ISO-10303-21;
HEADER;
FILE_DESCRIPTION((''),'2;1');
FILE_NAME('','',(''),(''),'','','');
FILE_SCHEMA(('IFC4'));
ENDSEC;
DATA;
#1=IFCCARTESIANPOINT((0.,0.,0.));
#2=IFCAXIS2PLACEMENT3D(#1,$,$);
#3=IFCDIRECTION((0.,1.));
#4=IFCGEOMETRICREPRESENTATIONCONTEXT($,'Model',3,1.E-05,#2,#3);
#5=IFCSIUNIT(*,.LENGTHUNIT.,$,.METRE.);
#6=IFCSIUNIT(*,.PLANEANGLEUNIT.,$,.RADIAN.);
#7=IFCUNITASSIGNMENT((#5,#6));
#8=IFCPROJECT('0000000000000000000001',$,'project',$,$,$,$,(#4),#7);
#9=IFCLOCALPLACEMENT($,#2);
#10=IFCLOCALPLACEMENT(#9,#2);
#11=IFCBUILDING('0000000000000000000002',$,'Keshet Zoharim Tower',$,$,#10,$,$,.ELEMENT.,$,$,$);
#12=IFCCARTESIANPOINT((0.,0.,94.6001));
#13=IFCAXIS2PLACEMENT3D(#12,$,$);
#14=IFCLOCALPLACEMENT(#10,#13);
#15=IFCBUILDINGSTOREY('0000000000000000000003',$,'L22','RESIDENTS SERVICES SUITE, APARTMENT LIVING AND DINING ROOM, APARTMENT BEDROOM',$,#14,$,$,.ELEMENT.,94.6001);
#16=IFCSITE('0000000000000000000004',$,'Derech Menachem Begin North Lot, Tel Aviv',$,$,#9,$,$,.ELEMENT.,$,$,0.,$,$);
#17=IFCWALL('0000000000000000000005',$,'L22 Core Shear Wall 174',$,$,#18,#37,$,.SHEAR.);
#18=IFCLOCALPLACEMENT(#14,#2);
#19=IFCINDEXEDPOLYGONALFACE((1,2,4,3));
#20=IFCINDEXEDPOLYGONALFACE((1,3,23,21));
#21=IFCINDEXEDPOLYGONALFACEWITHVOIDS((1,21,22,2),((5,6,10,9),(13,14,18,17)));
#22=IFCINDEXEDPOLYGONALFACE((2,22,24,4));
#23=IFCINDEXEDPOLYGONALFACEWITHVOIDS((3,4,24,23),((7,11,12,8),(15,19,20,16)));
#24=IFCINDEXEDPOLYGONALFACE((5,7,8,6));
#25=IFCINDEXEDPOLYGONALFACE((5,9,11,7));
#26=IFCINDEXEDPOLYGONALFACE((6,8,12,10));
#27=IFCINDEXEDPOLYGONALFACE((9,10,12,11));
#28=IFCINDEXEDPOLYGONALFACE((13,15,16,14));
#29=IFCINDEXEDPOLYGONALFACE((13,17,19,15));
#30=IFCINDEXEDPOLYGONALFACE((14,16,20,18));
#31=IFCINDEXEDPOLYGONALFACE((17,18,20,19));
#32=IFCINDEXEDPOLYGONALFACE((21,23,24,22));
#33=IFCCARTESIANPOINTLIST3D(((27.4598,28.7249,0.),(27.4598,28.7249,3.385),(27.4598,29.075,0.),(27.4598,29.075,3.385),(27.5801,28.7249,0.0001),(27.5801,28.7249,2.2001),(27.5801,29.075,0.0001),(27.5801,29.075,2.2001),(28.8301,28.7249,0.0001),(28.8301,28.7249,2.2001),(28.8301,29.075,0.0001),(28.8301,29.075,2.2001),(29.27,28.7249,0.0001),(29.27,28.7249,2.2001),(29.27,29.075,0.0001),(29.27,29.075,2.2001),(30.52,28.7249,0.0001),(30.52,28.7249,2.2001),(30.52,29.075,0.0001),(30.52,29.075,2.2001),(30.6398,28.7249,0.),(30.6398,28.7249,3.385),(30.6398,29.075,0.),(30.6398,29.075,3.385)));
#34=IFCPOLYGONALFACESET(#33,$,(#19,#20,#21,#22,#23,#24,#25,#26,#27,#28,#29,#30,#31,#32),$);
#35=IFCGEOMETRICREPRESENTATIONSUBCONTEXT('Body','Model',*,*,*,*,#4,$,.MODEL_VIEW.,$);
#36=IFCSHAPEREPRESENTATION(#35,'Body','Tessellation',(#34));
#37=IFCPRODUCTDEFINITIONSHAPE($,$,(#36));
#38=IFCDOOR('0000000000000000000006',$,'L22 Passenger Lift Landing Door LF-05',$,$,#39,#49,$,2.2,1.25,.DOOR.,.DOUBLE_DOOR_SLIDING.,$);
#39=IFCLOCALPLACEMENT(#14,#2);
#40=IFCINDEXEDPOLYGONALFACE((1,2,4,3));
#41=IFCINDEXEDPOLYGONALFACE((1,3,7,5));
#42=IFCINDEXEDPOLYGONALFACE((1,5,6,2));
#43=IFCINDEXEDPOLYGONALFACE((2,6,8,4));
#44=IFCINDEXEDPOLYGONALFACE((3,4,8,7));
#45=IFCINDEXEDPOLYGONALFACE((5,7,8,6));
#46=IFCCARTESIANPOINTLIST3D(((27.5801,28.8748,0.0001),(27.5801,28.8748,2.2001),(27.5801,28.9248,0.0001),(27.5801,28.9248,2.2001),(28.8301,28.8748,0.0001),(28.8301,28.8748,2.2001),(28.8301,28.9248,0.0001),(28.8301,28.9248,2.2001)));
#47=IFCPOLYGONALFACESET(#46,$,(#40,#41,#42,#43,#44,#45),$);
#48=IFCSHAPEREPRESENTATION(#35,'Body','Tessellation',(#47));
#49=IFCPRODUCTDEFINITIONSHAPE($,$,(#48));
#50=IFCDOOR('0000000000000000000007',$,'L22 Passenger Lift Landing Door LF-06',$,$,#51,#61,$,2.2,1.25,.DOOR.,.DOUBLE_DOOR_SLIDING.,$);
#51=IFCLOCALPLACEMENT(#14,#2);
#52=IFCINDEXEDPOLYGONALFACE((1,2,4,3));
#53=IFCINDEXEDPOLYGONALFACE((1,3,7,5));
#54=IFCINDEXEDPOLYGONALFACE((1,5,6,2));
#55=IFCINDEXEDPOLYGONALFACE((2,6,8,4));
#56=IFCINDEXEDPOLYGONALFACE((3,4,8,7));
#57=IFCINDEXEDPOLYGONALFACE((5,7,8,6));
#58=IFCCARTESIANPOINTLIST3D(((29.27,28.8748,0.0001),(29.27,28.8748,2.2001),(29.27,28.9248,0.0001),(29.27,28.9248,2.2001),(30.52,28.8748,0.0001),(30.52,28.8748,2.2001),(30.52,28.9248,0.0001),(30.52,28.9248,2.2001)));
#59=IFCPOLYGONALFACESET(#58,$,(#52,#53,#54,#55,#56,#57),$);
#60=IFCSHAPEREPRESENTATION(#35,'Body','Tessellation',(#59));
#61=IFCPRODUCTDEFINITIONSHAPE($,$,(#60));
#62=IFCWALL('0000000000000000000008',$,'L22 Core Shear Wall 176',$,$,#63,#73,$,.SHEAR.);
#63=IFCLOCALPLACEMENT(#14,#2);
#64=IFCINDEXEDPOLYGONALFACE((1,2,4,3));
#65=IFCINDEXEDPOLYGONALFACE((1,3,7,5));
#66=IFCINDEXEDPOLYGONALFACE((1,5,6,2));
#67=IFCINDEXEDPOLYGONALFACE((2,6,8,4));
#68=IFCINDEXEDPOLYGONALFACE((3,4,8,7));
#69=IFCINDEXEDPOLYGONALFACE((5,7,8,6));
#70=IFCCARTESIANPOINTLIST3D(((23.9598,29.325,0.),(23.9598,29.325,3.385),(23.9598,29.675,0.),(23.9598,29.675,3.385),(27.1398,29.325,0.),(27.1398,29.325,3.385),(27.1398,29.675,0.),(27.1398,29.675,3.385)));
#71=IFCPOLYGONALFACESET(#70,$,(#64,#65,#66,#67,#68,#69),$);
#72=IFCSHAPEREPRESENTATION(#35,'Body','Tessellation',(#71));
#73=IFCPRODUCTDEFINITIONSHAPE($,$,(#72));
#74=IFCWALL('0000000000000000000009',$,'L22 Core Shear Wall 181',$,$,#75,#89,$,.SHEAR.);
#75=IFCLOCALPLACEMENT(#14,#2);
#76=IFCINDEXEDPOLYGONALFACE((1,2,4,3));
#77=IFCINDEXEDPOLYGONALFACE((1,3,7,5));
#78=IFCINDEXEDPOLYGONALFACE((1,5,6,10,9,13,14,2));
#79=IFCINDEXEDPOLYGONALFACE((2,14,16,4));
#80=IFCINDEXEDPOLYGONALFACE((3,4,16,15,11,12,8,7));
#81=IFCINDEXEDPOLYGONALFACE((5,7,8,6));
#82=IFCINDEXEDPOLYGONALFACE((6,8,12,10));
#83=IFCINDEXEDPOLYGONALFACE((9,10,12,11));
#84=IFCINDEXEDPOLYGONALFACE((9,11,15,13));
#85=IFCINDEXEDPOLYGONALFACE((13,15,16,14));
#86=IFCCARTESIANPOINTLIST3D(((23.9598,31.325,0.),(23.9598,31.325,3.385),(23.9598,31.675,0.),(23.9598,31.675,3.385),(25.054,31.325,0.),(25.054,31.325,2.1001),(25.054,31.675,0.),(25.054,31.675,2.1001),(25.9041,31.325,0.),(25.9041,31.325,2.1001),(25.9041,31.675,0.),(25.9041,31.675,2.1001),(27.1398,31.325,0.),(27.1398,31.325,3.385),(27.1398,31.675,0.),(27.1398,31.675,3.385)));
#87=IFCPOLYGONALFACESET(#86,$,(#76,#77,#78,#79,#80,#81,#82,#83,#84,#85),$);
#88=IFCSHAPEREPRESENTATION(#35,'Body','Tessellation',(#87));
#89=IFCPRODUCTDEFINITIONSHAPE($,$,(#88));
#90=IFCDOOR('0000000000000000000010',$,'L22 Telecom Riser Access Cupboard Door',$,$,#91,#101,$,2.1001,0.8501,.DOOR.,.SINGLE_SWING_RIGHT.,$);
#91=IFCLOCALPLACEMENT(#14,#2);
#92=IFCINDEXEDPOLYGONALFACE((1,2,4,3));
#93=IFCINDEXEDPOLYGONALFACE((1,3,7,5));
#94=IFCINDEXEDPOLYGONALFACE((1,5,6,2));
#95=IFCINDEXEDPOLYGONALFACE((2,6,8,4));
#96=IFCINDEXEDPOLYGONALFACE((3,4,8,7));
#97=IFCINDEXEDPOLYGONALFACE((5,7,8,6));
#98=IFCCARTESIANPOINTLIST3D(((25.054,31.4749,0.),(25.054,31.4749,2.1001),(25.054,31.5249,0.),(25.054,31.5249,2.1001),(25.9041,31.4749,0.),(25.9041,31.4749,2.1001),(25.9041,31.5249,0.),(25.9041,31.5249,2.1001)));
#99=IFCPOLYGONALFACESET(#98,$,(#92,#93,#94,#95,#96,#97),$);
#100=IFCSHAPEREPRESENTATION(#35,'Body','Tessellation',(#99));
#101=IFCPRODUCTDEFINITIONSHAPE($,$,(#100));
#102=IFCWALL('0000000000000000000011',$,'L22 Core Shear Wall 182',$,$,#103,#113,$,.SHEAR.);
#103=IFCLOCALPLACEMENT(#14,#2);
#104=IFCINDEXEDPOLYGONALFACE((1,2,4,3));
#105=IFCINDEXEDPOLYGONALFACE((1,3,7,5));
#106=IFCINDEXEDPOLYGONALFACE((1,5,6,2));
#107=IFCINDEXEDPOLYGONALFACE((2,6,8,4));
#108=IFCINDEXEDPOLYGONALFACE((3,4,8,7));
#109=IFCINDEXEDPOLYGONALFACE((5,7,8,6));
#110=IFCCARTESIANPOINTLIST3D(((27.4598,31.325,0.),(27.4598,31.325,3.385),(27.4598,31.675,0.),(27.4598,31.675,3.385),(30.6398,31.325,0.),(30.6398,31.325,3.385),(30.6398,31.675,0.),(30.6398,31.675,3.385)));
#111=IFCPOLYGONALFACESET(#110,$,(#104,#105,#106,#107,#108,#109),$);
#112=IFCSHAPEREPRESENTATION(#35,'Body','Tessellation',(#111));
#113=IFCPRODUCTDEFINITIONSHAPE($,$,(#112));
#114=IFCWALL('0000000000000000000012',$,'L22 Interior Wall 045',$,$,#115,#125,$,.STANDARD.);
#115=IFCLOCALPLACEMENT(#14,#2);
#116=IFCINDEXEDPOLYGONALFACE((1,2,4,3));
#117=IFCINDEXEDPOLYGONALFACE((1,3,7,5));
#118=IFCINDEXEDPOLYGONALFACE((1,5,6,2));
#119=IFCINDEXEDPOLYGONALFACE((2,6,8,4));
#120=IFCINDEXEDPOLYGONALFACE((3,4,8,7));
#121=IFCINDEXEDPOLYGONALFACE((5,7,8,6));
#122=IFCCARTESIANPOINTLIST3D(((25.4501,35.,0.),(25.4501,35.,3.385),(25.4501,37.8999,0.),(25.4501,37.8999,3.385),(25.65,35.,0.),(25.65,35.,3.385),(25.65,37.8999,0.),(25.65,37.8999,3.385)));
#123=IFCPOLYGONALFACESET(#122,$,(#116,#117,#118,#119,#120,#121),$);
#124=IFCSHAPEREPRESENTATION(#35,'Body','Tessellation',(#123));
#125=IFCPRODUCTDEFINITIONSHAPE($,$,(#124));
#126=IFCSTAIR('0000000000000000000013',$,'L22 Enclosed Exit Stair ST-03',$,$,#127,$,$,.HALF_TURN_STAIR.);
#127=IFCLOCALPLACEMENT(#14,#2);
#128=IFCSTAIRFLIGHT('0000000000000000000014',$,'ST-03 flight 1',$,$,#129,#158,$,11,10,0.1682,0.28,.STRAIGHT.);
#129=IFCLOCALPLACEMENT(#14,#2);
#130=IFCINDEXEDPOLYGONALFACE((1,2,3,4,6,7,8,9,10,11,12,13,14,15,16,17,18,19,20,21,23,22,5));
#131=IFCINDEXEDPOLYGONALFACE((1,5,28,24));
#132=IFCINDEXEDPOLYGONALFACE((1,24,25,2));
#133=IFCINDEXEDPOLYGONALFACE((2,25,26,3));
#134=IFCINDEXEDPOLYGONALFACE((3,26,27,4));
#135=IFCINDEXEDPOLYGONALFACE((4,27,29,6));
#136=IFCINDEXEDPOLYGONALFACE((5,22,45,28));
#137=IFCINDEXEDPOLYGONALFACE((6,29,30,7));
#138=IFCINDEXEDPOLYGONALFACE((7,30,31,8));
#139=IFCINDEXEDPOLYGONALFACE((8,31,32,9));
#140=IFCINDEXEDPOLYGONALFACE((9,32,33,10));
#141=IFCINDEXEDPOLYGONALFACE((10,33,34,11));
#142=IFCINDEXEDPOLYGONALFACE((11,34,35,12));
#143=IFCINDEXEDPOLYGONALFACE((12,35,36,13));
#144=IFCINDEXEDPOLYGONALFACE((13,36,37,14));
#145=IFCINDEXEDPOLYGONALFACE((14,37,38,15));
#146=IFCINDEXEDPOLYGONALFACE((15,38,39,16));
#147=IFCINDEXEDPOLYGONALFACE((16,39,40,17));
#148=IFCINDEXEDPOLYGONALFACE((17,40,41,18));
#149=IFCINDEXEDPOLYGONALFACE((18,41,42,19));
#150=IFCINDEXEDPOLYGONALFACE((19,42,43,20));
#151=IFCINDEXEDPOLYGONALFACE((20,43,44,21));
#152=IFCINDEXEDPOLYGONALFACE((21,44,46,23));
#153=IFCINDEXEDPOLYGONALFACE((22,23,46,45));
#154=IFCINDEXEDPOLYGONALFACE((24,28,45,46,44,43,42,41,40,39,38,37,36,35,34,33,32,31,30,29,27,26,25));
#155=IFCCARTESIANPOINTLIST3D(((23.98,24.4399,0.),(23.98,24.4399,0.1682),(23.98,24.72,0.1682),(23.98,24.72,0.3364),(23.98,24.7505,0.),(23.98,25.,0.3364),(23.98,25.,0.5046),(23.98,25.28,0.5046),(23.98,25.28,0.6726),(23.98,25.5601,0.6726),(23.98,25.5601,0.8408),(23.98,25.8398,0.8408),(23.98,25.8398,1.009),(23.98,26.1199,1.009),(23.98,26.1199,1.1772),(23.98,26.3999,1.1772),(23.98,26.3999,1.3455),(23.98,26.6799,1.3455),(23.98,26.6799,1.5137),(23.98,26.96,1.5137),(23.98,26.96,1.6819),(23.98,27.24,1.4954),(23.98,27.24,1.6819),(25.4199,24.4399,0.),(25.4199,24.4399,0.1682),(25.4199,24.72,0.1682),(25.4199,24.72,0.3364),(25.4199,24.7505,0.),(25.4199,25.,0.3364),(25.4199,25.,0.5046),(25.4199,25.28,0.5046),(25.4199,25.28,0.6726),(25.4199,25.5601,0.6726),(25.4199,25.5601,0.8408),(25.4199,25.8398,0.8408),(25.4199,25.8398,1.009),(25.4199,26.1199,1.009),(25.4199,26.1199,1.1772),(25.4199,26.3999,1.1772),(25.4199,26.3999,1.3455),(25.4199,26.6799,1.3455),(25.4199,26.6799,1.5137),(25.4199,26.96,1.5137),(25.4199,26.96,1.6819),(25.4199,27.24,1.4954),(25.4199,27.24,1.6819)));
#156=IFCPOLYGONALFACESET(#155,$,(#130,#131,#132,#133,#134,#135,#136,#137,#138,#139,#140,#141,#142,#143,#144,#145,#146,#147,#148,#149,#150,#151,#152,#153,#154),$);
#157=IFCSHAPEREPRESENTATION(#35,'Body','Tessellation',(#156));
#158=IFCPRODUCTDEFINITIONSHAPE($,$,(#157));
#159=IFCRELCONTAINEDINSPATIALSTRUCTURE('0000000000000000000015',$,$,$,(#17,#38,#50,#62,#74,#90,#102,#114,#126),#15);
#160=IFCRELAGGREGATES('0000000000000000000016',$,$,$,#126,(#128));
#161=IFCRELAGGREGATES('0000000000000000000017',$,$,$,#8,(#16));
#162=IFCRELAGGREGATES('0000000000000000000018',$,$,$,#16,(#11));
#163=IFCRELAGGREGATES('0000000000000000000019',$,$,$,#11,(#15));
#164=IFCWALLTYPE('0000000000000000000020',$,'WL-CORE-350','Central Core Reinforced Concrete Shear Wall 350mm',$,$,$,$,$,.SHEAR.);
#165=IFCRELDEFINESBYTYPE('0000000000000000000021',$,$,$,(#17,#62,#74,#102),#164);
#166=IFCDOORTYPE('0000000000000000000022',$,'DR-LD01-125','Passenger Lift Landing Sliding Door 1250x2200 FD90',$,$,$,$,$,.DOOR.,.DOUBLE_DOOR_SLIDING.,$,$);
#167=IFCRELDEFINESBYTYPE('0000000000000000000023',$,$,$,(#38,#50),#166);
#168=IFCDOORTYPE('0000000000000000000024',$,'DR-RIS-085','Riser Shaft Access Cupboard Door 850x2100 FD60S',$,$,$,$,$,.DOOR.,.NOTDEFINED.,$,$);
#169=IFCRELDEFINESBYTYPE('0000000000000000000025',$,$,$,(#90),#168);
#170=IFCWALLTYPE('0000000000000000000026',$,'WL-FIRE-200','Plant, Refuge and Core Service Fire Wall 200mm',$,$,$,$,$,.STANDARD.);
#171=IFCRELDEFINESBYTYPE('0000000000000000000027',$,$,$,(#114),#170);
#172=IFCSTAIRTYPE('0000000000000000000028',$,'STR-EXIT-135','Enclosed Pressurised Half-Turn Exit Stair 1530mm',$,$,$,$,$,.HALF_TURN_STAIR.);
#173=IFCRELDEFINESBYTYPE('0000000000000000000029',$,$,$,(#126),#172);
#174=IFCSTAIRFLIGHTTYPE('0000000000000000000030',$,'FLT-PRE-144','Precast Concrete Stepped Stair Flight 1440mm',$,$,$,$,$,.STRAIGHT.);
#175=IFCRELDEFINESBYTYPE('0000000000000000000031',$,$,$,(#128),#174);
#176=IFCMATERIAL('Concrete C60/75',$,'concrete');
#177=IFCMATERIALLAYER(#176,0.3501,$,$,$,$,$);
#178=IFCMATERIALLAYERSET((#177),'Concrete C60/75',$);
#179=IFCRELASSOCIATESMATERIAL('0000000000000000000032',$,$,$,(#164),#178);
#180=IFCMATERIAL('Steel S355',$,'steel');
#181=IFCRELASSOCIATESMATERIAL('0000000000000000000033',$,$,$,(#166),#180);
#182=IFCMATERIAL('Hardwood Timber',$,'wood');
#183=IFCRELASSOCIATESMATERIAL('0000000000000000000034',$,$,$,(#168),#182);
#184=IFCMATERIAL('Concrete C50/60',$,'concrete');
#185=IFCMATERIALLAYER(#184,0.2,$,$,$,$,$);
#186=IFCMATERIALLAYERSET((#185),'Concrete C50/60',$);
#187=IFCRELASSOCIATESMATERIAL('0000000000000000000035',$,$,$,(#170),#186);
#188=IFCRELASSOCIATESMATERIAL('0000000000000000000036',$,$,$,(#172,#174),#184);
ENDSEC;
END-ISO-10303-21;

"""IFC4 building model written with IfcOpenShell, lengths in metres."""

from ifc_helpers import new_model, si_unit, direction, frame, frame_2d, origin, place, context, subcontext, project, spatial, polyline, rectangle, outline, extrude, material, layer, layer_set, type_object, element, fill, aggregate, save


model = new_model("IFC4")

# Units and contexts
model_context = context("Model", 3, precision=1e-05, world=origin(), true_north=direction((0.0, 1.0)))
body_context = subcontext(model_context, "Body", "Model", "MODEL_VIEW")
ifc_project = project(units=[si_unit("LENGTHUNIT", "METRE"), si_unit("PLANEANGLEUNIT", "RADIAN")], contexts=[model_context])

# Site, building, storey
site_placement = place(None, origin())
site = spatial("IfcSite", under=ifc_project, at=site_placement, Name="Derech Menachem Begin North Lot, Tel Aviv", CompositionType="ELEMENT", RefElevation=0.0)
building_placement = place(site_placement, origin())
building = spatial("IfcBuilding", under=site, at=building_placement, Name="Keshet Zoharim Tower", CompositionType="ELEMENT")
storey_placement = place(building_placement, frame((0.0, 0.0, 94.6001)))
storey = spatial("IfcBuildingStorey", under=building, at=storey_placement, Name="L22", Description="RESIDENTS SERVICES SUITE, APARTMENT LIVING AND DINING ROOM, APARTMENT BEDROOM", CompositionType="ELEMENT", Elevation=94.6001)

# Shared definitions
ifc_material_1 = material(Name="Steel S355", Category="steel")

# Shared definitions
ifc_material_2 = material(Name="Concrete C60/75", Category="concrete")
ifc_layer_1 = layer(ifc_material_2, 0.3501)
ifc_layer_set_1 = layer_set([ifc_layer_1], Name="Concrete C60/75")
wall_type_1 = type_object("IfcWallType", Name="WL-CORE-350", Description="Central Core Reinforced Concrete Shear Wall 350mm", PredefinedType="SHEAR", material=ifc_layer_set_1)

# Wall, openings, doors
door_type_1 = type_object("IfcDoorType", Name="DR-LD01-125", Description="Passenger Lift Landing Sliding Door 1250x2200 FD90", OperationType="DOUBLE_DOOR_SLIDING", PredefinedType="DOOR", material=ifc_material_1)
wall_1_placement = place(storey_placement, frame((27.46, 28.8999, 0.0), z_axis=(0.0, 0.0, 1.0), x_axis=(1.0, 0.0, 0.0)))
wall_1 = element("IfcWall", 1, at=wall_1_placement, inside=storey, type_object=wall_type_1, Name="L22 Core Shear Wall 174", PredefinedType="SHEAR", context=body_context, shape_type="SweptSolid", body=[
    extrude(rectangle(XDim=3.1799, YDim=0.3501, at=frame_2d((1.5898, 0.0))), origin(), (0.0, 0.0, 1.0), 3.385),
])
opening_1_placement = place(wall_1_placement, frame((0.1201, 0.0, 0.0)))
opening_1 = element("IfcOpeningElement", 2, at=opening_1_placement, cuts=wall_1, PredefinedType="OPENING", context=body_context, shape_type="SweptSolid", body=[
    extrude(rectangle(XDim=1.25, YDim=2.2, at=frame_2d((0.625, 1.1001))), frame((0.0, 0.1851, 0.0), z_axis=(0.0, -1.0, 0.0), x_axis=(1.0, 0.0, 0.0)), (0.0, 0.0, 1.0), 0.3701),
])
opening_2_placement = place(wall_1_placement, frame((1.8101, 0.0, 0.0)))
opening_2 = element("IfcOpeningElement", 3, at=opening_2_placement, cuts=wall_1, PredefinedType="OPENING", context=body_context, shape_type="SweptSolid", body=[
    extrude(rectangle(XDim=1.25, YDim=2.2, at=frame_2d((0.625, 1.1001))), frame((0.0, 0.1851, 0.0), z_axis=(0.0, -1.0, 0.0), x_axis=(1.0, 0.0, 0.0)), (0.0, 0.0, 1.0), 0.3701),
])
door_1_placement = place(opening_1_placement, origin())
door_1 = element("IfcDoor", 4, at=door_1_placement, inside=storey, type_object=door_type_1, Name="L22 Passenger Lift Landing Door LF-05", OperationType="DOUBLE_DOOR_SLIDING", OverallHeight=2.2, OverallWidth=1.25, PredefinedType="DOOR", context=body_context, shape_type="SweptSolid", body=[
    extrude(rectangle(XDim=1.25, YDim=2.2, at=frame_2d((0.625, 1.1001))), frame((0.0, 0.0249, 0.0), z_axis=(0.0, -1.0, 0.0), x_axis=(1.0, 0.0, 0.0)), (0.0, 0.0, 1.0), 0.05),
])
fill(opening_1, door_1)
door_2_placement = place(opening_2_placement, origin())
door_2 = element("IfcDoor", 5, at=door_2_placement, inside=storey, type_object=door_type_1, Name="L22 Passenger Lift Landing Door LF-06", OperationType="DOUBLE_DOOR_SLIDING", OverallHeight=2.2, OverallWidth=1.25, PredefinedType="DOOR", context=body_context, shape_type="SweptSolid", body=[
    extrude(rectangle(XDim=1.25, YDim=2.2, at=frame_2d((0.625, 1.1001))), frame((0.0, 0.0249, 0.0), z_axis=(0.0, -1.0, 0.0), x_axis=(1.0, 0.0, 0.0)), (0.0, 0.0, 1.0), 0.05),
])
fill(opening_2, door_2)

# Wall
wall_2_placement = place(storey_placement, frame((23.96, 29.5, 0.0), z_axis=(0.0, 0.0, 1.0), x_axis=(1.0, 0.0, 0.0)))
element("IfcWall", 6, at=wall_2_placement, inside=storey, type_object=wall_type_1, Name="L22 Core Shear Wall 176", PredefinedType="SHEAR", context=body_context, shape_type="SweptSolid", body=[
    extrude(rectangle(XDim=3.1799, YDim=0.3501, at=frame_2d((1.5898, 0.0))), origin(), (0.0, 0.0, 1.0), 3.385),
])

# Wall, opening, door
wall_3_placement = place(storey_placement, frame((23.96, 31.5, 0.0), z_axis=(0.0, 0.0, 1.0), x_axis=(1.0, 0.0, 0.0)))
wall_3 = element("IfcWall", 7, at=wall_3_placement, inside=storey, type_object=wall_type_1, Name="L22 Core Shear Wall 181", PredefinedType="SHEAR", context=body_context, shape_type="SweptSolid", body=[
    extrude(rectangle(XDim=3.1799, YDim=0.3501, at=frame_2d((1.5898, 0.0))), origin(), (0.0, 0.0, 1.0), 3.385),
])
opening_3_placement = place(wall_3_placement, frame((1.094, 0.0, 0.0)))
opening_3 = element("IfcOpeningElement", 8, at=opening_3_placement, cuts=wall_3, PredefinedType="OPENING", context=body_context, shape_type="SweptSolid", body=[
    extrude(rectangle(XDim=0.8501, YDim=2.1001, at=frame_2d((0.425, 1.05))), frame((0.0, 0.1851, 0.0), z_axis=(0.0, -1.0, 0.0), x_axis=(1.0, 0.0, 0.0)), (0.0, 0.0, 1.0), 0.3701),
])
ifc_material_3 = material(Name="Hardwood Timber", Category="wood")
door_type_2 = type_object("IfcDoorType", Name="DR-RIS-085", Description="Riser Shaft Access Cupboard Door 850x2100 FD60S", OperationType="NOTDEFINED", PredefinedType="DOOR", material=ifc_material_3)
door_3_placement = place(opening_3_placement, origin())
door_3 = element("IfcDoor", 9, at=door_3_placement, inside=storey, type_object=door_type_2, Name="L22 Telecom Riser Access Cupboard Door", OperationType="SINGLE_SWING_RIGHT", OverallHeight=2.1001, OverallWidth=0.8501, PredefinedType="DOOR", context=body_context, shape_type="SweptSolid", body=[
    extrude(rectangle(XDim=0.8501, YDim=2.1001, at=frame_2d((0.425, 1.05))), frame((0.0, 0.0249, 0.0), z_axis=(0.0, -1.0, 0.0), x_axis=(1.0, 0.0, 0.0)), (0.0, 0.0, 1.0), 0.05),
])
fill(opening_3, door_3)

# Walls
wall_4_placement = place(storey_placement, frame((27.46, 31.5, 0.0), z_axis=(0.0, 0.0, 1.0), x_axis=(1.0, 0.0, 0.0)))
element("IfcWall", 10, at=wall_4_placement, inside=storey, type_object=wall_type_1, Name="L22 Core Shear Wall 182", PredefinedType="SHEAR", context=body_context, shape_type="SweptSolid", body=[
    extrude(rectangle(XDim=3.1799, YDim=0.3501, at=frame_2d((1.5898, 0.0))), origin(), (0.0, 0.0, 1.0), 3.385),
])
ifc_material_4 = material(Name="Concrete C50/60", Category="concrete")
ifc_layer_2 = layer(ifc_material_4, 0.2)
ifc_layer_set_2 = layer_set([ifc_layer_2], Name="Concrete C50/60")
wall_type_2 = type_object("IfcWallType", Name="WL-FIRE-200", Description="Plant, Refuge and Core Service Fire Wall 200mm", PredefinedType="STANDARD", material=ifc_layer_set_2)
wall_5_placement = place(storey_placement, frame((25.55, 35.0, 0.0), z_axis=(0.0, 0.0, 1.0), x_axis=(0.0, 1.0, 0.0)))
element("IfcWall", 11, at=wall_5_placement, inside=storey, type_object=wall_type_2, Name="L22 Interior Wall 045", PredefinedType="STANDARD", context=body_context, shape_type="SweptSolid", body=[
    extrude(rectangle(XDim=2.8999, YDim=0.2, at=frame_2d((1.45, 0.0))), origin(), (0.0, 0.0, 1.0), 3.385),
])

# Stair, stair flight
stair_type = type_object("IfcStairType", Name="STR-EXIT-135", Description="Enclosed Pressurised Half-Turn Exit Stair 1530mm", PredefinedType="HALF_TURN_STAIR", material=ifc_material_4)
stair_placement = place(storey_placement, origin())
stair = element("IfcStair", 12, at=stair_placement, inside=storey, type_object=stair_type, Name="L22 Enclosed Exit Stair ST-03", PredefinedType="HALF_TURN_STAIR")
stair_flight_type = type_object("IfcStairFlightType", Name="FLT-PRE-144", Description="Precast Concrete Stepped Stair Flight 1440mm", PredefinedType="STRAIGHT", material=ifc_material_4)
stair_flight_1_placement = place(storey_placement, frame((24.7, 24.4399, 0.0), z_axis=(0.0, 0.0, 1.0), x_axis=(0.0, 1.0, 0.0)))
stair_flight_1 = element("IfcStairFlight", 13, at=stair_flight_1_placement, type_object=stair_flight_type, Name="ST-03 flight 1", NumberOfRisers=11, NumberOfTreads=10, PredefinedType="STRAIGHT", RiserHeight=0.1682, TreadLength=0.28, context=body_context, shape_type="SweptSolid", body=[
    extrude(outline(polyline([(0.0, 0.0), (0.0, 0.1682), (0.28, 0.1682), (0.28, 0.3364), (0.5601, 0.3364), (0.5601, 0.5046), (0.8401, 0.5046), (0.8401, 0.6726), (1.1201, 0.6726), (1.1201, 0.8408), (1.3999, 0.8408), (1.3999, 1.009), (1.6799, 1.009), (1.6799, 1.1772), (1.96, 1.1772), (1.96, 1.3455), (2.24, 1.3455), (2.24, 1.5137), (2.52, 1.5137), (2.52, 1.6819), (2.8, 1.6819), (2.8, 1.8501), (2.8, 1.4954), (0.3105, 0.0), (0.0, 0.0)])), frame((0.0, 0.72, 0.0), z_axis=(0.0, -1.0, 0.0), x_axis=(1.0, 0.0, 0.0)), (0.0, 0.0, 1.0), 1.4399),
])
aggregate(stair, [stair_flight_1])

save(model, "model.ifc")
